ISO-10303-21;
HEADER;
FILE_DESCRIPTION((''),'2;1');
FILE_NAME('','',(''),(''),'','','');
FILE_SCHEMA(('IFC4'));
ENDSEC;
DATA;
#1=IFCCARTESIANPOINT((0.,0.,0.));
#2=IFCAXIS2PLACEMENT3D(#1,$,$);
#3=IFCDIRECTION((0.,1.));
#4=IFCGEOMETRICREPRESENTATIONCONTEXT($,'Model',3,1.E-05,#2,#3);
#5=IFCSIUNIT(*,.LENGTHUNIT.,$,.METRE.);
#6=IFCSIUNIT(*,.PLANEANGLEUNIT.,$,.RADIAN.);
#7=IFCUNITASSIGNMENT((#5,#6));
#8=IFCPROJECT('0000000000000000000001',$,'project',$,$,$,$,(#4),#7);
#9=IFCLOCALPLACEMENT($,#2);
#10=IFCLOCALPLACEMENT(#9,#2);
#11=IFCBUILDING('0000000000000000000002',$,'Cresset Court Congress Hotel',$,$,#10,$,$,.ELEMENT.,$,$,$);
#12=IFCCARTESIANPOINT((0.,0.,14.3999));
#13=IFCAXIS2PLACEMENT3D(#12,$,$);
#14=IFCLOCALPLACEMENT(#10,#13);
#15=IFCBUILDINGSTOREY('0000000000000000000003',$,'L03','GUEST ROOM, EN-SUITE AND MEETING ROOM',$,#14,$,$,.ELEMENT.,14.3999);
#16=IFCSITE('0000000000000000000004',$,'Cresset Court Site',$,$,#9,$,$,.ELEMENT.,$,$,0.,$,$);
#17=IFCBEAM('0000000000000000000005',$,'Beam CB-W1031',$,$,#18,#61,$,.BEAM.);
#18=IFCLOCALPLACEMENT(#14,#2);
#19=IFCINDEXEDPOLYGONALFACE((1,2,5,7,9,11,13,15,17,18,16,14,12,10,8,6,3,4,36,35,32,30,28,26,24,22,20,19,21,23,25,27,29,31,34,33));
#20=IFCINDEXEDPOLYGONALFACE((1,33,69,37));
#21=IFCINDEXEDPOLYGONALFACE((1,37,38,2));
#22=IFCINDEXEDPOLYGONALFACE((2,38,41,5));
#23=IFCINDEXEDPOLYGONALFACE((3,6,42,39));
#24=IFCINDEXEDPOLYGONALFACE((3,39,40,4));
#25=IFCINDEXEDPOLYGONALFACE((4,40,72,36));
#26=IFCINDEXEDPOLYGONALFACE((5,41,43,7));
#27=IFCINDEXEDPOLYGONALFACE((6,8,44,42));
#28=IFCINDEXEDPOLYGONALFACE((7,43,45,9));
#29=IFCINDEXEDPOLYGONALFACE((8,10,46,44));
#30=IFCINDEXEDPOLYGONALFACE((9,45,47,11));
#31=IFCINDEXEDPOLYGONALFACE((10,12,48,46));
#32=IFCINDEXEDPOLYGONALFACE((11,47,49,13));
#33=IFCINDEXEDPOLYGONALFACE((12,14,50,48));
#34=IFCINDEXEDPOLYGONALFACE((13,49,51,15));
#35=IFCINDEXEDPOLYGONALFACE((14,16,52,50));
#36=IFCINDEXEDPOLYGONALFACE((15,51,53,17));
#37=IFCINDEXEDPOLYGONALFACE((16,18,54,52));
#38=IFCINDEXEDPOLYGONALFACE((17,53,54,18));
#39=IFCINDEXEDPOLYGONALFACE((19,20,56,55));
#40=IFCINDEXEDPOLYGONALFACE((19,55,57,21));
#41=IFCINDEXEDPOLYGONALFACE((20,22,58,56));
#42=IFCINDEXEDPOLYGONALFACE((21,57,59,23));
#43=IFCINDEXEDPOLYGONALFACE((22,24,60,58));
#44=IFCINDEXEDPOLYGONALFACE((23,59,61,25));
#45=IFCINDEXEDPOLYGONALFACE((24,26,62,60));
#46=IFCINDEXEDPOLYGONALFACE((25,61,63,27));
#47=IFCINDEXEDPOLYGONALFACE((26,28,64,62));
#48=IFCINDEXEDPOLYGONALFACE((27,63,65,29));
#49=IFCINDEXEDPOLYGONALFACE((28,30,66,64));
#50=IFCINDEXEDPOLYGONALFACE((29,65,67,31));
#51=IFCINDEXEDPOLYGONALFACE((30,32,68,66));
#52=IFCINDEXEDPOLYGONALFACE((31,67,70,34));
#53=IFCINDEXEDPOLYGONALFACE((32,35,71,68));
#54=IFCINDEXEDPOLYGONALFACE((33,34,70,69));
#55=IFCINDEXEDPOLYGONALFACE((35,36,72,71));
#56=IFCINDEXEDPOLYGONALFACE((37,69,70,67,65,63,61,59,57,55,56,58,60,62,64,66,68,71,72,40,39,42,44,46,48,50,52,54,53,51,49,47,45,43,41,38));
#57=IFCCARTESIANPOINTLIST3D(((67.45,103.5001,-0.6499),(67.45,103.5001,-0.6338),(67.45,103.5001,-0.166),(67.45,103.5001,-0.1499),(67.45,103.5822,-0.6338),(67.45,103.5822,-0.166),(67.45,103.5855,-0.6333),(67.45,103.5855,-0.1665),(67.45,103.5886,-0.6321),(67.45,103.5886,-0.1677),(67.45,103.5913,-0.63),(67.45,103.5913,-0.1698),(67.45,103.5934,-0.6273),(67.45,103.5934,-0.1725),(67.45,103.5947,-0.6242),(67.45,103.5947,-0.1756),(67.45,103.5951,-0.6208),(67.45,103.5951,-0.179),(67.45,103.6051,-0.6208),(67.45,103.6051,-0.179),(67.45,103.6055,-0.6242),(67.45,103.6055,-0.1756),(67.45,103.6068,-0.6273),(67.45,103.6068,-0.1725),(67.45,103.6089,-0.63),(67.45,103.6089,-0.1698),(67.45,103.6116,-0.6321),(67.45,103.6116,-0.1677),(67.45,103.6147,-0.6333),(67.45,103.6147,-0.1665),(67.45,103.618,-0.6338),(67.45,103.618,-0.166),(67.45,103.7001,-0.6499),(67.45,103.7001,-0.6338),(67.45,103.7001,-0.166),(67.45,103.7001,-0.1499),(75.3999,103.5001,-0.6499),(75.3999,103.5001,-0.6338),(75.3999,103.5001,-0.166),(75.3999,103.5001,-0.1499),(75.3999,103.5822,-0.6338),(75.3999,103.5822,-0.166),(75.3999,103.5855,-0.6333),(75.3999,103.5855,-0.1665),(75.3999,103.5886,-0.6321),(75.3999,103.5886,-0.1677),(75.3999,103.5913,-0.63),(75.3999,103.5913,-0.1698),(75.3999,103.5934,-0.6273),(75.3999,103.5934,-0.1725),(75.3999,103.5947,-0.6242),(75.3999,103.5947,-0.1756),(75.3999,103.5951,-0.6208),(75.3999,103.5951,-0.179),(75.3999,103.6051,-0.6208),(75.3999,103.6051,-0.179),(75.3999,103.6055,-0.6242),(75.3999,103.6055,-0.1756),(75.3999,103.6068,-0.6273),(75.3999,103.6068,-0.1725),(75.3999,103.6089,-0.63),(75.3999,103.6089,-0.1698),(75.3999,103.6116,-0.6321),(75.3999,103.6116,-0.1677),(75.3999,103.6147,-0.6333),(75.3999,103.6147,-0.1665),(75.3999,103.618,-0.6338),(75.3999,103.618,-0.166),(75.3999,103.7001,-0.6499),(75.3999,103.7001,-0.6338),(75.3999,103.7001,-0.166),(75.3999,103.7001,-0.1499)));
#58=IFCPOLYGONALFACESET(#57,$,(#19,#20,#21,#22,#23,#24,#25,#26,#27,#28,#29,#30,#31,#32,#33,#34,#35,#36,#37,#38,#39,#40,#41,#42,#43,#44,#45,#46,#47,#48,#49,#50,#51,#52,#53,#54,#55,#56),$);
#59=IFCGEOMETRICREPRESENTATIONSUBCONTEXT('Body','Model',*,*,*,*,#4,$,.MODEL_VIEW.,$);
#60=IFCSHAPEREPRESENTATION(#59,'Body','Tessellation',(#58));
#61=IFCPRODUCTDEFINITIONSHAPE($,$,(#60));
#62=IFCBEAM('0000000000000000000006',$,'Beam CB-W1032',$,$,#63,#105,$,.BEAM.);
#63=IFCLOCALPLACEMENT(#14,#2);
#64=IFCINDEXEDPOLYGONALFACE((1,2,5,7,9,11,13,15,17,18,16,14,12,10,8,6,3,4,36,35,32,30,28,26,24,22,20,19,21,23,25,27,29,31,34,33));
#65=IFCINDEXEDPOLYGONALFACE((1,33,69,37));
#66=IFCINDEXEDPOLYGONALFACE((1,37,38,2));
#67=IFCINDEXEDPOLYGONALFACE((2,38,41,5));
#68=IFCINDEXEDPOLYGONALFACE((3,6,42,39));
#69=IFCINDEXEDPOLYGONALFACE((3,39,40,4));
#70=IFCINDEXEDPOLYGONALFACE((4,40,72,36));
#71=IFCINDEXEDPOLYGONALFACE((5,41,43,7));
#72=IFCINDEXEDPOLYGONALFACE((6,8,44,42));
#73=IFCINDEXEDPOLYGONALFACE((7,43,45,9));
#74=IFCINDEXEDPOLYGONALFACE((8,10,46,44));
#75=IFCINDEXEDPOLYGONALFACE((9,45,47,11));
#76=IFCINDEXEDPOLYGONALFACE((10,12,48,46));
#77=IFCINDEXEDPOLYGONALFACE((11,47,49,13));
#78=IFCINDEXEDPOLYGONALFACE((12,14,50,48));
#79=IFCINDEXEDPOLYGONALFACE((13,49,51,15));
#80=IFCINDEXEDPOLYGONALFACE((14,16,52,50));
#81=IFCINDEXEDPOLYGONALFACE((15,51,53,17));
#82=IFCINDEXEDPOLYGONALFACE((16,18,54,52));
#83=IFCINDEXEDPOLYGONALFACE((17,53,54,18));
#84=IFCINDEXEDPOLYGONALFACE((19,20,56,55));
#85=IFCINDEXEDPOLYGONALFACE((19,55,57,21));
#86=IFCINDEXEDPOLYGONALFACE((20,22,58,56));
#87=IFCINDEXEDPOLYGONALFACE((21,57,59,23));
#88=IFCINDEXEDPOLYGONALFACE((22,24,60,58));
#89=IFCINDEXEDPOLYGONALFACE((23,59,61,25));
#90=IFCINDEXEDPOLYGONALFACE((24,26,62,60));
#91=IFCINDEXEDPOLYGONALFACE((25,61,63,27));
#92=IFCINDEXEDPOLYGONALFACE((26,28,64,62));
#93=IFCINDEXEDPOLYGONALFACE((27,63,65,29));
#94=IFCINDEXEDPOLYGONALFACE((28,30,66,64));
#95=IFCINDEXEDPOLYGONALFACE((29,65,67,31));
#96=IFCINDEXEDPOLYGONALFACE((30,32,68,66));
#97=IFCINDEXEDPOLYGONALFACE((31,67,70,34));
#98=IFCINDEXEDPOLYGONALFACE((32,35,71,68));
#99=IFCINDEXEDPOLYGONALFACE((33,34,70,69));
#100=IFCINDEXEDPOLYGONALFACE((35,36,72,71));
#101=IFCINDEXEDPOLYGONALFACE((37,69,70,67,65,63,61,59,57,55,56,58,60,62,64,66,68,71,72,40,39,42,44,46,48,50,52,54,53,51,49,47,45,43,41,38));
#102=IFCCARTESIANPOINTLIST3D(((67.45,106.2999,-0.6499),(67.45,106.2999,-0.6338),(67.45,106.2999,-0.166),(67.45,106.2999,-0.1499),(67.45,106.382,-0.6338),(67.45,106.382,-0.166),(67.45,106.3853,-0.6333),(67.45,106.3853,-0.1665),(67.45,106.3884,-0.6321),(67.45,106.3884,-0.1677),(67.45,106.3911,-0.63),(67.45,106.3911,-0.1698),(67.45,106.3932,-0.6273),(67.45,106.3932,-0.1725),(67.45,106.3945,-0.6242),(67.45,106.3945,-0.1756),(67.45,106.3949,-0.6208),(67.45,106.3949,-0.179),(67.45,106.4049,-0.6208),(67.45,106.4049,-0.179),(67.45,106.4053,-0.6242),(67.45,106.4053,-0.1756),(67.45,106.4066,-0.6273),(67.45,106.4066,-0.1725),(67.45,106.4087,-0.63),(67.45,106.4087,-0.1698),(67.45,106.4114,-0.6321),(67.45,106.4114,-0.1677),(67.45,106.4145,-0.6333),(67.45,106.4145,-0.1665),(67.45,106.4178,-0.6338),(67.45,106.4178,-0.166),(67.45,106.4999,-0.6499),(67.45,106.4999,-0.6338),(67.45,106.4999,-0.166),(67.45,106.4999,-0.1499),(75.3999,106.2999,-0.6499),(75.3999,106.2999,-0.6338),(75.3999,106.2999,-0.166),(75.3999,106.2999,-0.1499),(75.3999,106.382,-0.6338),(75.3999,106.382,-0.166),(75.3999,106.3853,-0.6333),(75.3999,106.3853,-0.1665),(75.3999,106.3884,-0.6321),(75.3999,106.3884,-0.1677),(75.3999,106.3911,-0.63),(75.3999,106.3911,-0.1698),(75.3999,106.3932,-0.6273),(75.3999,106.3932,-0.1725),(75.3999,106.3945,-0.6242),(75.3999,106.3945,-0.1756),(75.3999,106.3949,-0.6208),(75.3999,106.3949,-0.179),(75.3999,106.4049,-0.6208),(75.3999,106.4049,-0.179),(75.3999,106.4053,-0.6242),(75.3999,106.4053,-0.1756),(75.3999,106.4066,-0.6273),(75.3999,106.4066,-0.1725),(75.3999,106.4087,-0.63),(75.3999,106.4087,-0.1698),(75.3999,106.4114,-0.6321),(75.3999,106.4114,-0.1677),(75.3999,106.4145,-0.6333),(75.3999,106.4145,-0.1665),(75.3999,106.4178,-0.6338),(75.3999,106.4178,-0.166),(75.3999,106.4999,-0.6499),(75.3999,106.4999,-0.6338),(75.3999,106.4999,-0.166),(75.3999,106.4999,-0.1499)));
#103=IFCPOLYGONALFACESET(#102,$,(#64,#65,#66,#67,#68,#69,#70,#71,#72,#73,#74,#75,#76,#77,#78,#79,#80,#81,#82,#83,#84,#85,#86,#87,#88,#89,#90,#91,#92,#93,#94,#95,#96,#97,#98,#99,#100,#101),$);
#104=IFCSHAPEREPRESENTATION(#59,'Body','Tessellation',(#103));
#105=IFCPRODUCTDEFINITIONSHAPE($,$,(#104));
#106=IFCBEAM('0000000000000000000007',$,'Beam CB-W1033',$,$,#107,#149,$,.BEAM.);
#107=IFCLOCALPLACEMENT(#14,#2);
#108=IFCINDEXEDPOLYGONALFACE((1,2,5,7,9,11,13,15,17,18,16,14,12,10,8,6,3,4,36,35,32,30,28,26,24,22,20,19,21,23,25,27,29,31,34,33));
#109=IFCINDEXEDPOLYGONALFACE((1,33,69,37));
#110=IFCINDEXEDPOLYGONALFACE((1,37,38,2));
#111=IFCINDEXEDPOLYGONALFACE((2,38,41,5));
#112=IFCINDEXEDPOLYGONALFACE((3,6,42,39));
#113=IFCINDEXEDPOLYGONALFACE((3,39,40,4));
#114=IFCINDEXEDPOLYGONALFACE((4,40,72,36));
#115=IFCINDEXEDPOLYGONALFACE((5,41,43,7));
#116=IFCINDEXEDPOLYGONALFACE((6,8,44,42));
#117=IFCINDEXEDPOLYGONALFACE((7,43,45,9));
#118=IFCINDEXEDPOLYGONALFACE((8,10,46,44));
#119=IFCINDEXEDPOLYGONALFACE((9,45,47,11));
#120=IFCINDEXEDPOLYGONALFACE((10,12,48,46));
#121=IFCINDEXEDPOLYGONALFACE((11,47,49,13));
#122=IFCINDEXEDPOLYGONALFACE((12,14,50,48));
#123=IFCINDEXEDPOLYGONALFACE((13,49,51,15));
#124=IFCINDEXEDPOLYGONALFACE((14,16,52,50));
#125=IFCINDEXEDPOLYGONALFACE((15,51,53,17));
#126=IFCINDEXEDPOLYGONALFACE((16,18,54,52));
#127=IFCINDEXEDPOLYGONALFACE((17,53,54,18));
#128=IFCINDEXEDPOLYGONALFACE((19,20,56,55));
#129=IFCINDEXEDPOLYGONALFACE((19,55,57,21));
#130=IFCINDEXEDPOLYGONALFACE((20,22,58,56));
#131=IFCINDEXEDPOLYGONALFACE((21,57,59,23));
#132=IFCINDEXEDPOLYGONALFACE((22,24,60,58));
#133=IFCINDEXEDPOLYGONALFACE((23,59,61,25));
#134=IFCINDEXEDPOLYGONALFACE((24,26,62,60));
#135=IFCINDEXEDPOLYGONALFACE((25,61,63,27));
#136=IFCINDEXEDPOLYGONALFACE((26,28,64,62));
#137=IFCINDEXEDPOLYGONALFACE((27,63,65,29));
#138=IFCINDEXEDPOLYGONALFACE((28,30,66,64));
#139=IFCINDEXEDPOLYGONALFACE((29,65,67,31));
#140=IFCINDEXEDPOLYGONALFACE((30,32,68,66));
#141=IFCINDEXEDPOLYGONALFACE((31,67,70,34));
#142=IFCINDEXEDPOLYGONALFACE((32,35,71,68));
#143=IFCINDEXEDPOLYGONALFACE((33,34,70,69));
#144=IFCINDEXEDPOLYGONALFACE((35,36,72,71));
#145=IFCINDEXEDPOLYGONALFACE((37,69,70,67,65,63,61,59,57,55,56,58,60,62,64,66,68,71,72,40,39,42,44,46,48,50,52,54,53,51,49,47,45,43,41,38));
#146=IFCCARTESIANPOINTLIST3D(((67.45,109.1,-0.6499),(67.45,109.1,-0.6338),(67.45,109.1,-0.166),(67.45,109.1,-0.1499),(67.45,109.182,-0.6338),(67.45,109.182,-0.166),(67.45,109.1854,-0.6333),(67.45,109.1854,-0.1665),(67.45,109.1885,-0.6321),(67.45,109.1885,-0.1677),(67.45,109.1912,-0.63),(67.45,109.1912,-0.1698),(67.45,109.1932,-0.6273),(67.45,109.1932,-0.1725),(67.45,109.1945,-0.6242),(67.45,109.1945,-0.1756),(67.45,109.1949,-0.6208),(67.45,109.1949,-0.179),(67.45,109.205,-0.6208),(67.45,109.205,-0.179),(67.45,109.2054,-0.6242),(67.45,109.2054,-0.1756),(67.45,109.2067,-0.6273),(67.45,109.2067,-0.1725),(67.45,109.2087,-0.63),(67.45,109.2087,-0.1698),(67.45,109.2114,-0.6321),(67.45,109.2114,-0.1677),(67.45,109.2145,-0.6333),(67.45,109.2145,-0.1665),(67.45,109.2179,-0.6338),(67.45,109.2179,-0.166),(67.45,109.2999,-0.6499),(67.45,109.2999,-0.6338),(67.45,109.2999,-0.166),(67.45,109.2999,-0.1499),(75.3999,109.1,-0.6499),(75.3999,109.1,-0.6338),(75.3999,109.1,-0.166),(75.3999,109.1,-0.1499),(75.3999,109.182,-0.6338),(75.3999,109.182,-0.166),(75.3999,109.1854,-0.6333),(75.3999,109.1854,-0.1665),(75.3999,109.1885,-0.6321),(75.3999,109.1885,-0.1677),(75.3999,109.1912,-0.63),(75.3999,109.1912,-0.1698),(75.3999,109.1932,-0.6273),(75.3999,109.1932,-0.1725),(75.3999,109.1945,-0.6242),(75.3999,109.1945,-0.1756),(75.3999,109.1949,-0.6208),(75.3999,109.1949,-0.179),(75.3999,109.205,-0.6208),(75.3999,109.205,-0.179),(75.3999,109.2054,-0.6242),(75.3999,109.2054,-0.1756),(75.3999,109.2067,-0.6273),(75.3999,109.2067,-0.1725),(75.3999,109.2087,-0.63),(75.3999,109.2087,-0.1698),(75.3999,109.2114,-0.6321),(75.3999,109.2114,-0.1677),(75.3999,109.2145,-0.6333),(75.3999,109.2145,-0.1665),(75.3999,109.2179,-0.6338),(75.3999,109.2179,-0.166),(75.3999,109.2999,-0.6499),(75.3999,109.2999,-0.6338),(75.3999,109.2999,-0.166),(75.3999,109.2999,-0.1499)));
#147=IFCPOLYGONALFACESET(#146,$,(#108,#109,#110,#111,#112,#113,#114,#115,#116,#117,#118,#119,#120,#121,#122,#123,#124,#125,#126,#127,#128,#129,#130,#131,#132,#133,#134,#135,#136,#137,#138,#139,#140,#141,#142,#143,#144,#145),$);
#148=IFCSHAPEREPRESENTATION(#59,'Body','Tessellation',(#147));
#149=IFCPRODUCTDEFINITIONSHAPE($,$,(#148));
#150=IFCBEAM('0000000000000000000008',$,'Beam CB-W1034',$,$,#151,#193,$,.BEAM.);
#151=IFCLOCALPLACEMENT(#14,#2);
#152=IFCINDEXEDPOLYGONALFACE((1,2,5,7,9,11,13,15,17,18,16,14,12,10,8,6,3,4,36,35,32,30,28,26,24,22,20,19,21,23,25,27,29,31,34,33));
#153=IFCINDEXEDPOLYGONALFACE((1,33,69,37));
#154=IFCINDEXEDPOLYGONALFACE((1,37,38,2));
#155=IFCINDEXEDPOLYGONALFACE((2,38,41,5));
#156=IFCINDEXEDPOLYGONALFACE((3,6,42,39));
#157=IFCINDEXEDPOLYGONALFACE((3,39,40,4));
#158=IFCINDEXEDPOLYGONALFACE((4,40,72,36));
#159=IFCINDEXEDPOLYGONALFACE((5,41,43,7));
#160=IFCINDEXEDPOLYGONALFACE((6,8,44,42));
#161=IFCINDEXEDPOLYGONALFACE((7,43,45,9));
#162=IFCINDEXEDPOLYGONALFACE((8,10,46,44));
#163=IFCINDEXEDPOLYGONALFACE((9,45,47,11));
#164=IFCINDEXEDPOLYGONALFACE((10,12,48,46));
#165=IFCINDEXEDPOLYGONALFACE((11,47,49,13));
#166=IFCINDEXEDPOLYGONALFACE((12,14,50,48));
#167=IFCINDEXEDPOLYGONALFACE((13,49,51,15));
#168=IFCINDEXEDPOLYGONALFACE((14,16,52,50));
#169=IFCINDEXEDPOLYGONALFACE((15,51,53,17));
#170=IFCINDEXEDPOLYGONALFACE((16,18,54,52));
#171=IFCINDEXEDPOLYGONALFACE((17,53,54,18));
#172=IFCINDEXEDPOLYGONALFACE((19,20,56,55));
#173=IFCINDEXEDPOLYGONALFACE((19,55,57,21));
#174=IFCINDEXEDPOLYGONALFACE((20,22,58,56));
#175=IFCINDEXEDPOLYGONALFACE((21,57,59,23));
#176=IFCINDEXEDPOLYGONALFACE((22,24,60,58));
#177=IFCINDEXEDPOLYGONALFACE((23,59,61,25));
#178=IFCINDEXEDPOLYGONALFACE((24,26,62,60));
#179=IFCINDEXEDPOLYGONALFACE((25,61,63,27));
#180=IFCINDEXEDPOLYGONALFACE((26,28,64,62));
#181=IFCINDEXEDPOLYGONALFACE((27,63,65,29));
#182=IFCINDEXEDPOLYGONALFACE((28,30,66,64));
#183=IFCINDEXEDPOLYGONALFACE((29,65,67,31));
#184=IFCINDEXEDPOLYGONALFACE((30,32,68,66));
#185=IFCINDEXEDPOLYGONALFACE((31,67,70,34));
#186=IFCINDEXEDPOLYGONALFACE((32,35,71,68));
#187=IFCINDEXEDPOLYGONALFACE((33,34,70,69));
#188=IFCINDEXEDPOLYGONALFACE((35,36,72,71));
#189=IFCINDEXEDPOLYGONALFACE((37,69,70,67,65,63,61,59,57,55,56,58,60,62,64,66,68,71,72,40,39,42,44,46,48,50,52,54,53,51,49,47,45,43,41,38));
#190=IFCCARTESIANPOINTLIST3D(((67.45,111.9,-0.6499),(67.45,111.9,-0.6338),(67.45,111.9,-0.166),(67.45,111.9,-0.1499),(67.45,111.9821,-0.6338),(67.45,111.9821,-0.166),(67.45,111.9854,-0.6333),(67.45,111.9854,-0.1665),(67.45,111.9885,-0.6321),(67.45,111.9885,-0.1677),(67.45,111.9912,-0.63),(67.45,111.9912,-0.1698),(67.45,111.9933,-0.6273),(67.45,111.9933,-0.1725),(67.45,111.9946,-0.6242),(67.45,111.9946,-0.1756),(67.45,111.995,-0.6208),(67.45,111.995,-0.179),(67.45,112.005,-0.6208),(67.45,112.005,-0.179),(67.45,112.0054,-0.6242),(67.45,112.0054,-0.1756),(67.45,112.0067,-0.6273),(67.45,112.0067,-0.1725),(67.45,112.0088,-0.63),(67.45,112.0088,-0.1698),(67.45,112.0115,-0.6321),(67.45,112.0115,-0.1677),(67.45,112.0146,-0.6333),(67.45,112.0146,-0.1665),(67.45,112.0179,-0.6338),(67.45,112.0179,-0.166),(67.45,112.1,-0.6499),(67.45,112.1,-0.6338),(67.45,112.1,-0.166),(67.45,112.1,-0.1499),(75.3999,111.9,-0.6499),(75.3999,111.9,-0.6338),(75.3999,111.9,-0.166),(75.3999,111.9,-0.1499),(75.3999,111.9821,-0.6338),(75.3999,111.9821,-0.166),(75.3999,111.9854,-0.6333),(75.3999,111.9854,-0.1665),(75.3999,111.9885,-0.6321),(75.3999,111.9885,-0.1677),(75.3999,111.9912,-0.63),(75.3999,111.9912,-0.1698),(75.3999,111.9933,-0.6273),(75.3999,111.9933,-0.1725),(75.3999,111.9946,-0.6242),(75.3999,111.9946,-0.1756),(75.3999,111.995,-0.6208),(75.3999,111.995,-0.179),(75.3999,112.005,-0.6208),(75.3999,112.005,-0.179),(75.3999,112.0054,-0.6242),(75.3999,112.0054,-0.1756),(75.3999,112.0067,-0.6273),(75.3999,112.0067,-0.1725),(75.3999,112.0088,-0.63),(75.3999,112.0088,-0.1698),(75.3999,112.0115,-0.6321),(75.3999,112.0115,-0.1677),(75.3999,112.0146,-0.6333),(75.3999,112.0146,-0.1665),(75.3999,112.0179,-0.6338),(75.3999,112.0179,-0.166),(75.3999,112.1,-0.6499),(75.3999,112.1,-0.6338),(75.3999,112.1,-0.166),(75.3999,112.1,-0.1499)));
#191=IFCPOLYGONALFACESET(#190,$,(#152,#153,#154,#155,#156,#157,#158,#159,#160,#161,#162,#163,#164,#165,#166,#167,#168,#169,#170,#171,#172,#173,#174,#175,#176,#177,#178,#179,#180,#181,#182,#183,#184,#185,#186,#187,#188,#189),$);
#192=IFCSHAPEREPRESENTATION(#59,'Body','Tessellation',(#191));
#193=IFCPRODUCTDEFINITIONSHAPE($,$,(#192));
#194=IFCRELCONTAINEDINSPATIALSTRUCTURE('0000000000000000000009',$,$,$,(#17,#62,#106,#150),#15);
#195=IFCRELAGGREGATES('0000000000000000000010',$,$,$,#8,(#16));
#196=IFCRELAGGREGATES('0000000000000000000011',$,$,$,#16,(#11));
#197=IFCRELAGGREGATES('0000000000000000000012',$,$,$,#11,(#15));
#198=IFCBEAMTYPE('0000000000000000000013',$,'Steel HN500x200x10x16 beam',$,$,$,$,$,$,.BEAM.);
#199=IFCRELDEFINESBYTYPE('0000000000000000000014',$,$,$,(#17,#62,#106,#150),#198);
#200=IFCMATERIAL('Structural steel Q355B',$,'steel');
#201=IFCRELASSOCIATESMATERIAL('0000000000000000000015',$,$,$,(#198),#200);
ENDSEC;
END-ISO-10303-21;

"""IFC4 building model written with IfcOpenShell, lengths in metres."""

from ifc_helpers import new_model, si_unit, direction, frame, origin, origin_2d, place, context, subcontext, project, spatial, i_section, extrude, material, material_profile, profile_set, type_object, element, save


model = new_model("IFC4")

# Units and contexts
model_context = context("Model", 3, precision=1e-05, world=origin(), true_north=direction((0.0, 1.0)))
body_context = subcontext(model_context, "Body", "Model", "MODEL_VIEW")
ifc_project = project(units=[si_unit("LENGTHUNIT", "METRE"), si_unit("PLANEANGLEUNIT", "RADIAN")], contexts=[model_context])

# Site, building, storey
site_placement = place(None, origin())
site = spatial("IfcSite", under=ifc_project, at=site_placement, Name="Cresset Court Site", CompositionType="ELEMENT", RefElevation=0.0)
building_placement = place(site_placement, origin())
building = spatial("IfcBuilding", under=site, at=building_placement, Name="Cresset Court Congress Hotel", CompositionType="ELEMENT")
storey_placement = place(building_placement, frame((0.0, 0.0, 14.3999)))
storey = spatial("IfcBuildingStorey", under=building, at=storey_placement, Name="L03", Description="GUEST ROOM, EN-SUITE AND MEETING ROOM", CompositionType="ELEMENT", Elevation=14.3999)

# Beams
ifc_material_1 = material(Name="Structural steel Q355B", Category="steel")
ifc_material_profile = material_profile(ifc_material_1, i_section(OverallWidth=0.2, OverallDepth=0.5, WebThickness=0.01, FlangeThickness=0.0161, FilletRadius=0.0129, at=origin_2d()), Name="HN500x200x10x16")
ifc_profile_set = profile_set([ifc_material_profile], Name="Structural steel Q355B")
beam_type = type_object("IfcBeamType", Name="Steel HN500x200x10x16 beam", PredefinedType="BEAM", material=ifc_profile_set)
for number, where, z_axis, x_axis, name in (
    (1, (67.45, 103.6001, -0.3999), (1.0, 0.0, 0.0), (0.0, 1.0, 0.0), "Beam CB-W1031"),
    (2, (67.45, 106.3999, -0.3999), (1.0, 0.0, 0.0), (0.0, 1.0, 0.0), "Beam CB-W1032"),
    (3, (67.45, 109.2, -0.3999), (1.0, 0.0, 0.0), (0.0, 1.0, 0.0), "Beam CB-W1033"),
    (4, (67.45, 112.0, -0.3999), (1.0, 0.0, 0.0), (0.0, 1.0, 0.0), "Beam CB-W1034"),
):
    element("IfcBeam", number, at=place(storey_placement, frame(where, z_axis=z_axis, x_axis=x_axis)), inside=storey, type_object=beam_type, Name=name, PredefinedType="BEAM", context=body_context, shape_type="SweptSolid", body=[
        extrude(i_section(OverallWidth=0.2, OverallDepth=0.5, WebThickness=0.01, FlangeThickness=0.0161, FilletRadius=0.0129, at=origin_2d()), origin(), (0.0, 0.0, 1.0), 7.95),
    ])

save(model, "model.ifc")
